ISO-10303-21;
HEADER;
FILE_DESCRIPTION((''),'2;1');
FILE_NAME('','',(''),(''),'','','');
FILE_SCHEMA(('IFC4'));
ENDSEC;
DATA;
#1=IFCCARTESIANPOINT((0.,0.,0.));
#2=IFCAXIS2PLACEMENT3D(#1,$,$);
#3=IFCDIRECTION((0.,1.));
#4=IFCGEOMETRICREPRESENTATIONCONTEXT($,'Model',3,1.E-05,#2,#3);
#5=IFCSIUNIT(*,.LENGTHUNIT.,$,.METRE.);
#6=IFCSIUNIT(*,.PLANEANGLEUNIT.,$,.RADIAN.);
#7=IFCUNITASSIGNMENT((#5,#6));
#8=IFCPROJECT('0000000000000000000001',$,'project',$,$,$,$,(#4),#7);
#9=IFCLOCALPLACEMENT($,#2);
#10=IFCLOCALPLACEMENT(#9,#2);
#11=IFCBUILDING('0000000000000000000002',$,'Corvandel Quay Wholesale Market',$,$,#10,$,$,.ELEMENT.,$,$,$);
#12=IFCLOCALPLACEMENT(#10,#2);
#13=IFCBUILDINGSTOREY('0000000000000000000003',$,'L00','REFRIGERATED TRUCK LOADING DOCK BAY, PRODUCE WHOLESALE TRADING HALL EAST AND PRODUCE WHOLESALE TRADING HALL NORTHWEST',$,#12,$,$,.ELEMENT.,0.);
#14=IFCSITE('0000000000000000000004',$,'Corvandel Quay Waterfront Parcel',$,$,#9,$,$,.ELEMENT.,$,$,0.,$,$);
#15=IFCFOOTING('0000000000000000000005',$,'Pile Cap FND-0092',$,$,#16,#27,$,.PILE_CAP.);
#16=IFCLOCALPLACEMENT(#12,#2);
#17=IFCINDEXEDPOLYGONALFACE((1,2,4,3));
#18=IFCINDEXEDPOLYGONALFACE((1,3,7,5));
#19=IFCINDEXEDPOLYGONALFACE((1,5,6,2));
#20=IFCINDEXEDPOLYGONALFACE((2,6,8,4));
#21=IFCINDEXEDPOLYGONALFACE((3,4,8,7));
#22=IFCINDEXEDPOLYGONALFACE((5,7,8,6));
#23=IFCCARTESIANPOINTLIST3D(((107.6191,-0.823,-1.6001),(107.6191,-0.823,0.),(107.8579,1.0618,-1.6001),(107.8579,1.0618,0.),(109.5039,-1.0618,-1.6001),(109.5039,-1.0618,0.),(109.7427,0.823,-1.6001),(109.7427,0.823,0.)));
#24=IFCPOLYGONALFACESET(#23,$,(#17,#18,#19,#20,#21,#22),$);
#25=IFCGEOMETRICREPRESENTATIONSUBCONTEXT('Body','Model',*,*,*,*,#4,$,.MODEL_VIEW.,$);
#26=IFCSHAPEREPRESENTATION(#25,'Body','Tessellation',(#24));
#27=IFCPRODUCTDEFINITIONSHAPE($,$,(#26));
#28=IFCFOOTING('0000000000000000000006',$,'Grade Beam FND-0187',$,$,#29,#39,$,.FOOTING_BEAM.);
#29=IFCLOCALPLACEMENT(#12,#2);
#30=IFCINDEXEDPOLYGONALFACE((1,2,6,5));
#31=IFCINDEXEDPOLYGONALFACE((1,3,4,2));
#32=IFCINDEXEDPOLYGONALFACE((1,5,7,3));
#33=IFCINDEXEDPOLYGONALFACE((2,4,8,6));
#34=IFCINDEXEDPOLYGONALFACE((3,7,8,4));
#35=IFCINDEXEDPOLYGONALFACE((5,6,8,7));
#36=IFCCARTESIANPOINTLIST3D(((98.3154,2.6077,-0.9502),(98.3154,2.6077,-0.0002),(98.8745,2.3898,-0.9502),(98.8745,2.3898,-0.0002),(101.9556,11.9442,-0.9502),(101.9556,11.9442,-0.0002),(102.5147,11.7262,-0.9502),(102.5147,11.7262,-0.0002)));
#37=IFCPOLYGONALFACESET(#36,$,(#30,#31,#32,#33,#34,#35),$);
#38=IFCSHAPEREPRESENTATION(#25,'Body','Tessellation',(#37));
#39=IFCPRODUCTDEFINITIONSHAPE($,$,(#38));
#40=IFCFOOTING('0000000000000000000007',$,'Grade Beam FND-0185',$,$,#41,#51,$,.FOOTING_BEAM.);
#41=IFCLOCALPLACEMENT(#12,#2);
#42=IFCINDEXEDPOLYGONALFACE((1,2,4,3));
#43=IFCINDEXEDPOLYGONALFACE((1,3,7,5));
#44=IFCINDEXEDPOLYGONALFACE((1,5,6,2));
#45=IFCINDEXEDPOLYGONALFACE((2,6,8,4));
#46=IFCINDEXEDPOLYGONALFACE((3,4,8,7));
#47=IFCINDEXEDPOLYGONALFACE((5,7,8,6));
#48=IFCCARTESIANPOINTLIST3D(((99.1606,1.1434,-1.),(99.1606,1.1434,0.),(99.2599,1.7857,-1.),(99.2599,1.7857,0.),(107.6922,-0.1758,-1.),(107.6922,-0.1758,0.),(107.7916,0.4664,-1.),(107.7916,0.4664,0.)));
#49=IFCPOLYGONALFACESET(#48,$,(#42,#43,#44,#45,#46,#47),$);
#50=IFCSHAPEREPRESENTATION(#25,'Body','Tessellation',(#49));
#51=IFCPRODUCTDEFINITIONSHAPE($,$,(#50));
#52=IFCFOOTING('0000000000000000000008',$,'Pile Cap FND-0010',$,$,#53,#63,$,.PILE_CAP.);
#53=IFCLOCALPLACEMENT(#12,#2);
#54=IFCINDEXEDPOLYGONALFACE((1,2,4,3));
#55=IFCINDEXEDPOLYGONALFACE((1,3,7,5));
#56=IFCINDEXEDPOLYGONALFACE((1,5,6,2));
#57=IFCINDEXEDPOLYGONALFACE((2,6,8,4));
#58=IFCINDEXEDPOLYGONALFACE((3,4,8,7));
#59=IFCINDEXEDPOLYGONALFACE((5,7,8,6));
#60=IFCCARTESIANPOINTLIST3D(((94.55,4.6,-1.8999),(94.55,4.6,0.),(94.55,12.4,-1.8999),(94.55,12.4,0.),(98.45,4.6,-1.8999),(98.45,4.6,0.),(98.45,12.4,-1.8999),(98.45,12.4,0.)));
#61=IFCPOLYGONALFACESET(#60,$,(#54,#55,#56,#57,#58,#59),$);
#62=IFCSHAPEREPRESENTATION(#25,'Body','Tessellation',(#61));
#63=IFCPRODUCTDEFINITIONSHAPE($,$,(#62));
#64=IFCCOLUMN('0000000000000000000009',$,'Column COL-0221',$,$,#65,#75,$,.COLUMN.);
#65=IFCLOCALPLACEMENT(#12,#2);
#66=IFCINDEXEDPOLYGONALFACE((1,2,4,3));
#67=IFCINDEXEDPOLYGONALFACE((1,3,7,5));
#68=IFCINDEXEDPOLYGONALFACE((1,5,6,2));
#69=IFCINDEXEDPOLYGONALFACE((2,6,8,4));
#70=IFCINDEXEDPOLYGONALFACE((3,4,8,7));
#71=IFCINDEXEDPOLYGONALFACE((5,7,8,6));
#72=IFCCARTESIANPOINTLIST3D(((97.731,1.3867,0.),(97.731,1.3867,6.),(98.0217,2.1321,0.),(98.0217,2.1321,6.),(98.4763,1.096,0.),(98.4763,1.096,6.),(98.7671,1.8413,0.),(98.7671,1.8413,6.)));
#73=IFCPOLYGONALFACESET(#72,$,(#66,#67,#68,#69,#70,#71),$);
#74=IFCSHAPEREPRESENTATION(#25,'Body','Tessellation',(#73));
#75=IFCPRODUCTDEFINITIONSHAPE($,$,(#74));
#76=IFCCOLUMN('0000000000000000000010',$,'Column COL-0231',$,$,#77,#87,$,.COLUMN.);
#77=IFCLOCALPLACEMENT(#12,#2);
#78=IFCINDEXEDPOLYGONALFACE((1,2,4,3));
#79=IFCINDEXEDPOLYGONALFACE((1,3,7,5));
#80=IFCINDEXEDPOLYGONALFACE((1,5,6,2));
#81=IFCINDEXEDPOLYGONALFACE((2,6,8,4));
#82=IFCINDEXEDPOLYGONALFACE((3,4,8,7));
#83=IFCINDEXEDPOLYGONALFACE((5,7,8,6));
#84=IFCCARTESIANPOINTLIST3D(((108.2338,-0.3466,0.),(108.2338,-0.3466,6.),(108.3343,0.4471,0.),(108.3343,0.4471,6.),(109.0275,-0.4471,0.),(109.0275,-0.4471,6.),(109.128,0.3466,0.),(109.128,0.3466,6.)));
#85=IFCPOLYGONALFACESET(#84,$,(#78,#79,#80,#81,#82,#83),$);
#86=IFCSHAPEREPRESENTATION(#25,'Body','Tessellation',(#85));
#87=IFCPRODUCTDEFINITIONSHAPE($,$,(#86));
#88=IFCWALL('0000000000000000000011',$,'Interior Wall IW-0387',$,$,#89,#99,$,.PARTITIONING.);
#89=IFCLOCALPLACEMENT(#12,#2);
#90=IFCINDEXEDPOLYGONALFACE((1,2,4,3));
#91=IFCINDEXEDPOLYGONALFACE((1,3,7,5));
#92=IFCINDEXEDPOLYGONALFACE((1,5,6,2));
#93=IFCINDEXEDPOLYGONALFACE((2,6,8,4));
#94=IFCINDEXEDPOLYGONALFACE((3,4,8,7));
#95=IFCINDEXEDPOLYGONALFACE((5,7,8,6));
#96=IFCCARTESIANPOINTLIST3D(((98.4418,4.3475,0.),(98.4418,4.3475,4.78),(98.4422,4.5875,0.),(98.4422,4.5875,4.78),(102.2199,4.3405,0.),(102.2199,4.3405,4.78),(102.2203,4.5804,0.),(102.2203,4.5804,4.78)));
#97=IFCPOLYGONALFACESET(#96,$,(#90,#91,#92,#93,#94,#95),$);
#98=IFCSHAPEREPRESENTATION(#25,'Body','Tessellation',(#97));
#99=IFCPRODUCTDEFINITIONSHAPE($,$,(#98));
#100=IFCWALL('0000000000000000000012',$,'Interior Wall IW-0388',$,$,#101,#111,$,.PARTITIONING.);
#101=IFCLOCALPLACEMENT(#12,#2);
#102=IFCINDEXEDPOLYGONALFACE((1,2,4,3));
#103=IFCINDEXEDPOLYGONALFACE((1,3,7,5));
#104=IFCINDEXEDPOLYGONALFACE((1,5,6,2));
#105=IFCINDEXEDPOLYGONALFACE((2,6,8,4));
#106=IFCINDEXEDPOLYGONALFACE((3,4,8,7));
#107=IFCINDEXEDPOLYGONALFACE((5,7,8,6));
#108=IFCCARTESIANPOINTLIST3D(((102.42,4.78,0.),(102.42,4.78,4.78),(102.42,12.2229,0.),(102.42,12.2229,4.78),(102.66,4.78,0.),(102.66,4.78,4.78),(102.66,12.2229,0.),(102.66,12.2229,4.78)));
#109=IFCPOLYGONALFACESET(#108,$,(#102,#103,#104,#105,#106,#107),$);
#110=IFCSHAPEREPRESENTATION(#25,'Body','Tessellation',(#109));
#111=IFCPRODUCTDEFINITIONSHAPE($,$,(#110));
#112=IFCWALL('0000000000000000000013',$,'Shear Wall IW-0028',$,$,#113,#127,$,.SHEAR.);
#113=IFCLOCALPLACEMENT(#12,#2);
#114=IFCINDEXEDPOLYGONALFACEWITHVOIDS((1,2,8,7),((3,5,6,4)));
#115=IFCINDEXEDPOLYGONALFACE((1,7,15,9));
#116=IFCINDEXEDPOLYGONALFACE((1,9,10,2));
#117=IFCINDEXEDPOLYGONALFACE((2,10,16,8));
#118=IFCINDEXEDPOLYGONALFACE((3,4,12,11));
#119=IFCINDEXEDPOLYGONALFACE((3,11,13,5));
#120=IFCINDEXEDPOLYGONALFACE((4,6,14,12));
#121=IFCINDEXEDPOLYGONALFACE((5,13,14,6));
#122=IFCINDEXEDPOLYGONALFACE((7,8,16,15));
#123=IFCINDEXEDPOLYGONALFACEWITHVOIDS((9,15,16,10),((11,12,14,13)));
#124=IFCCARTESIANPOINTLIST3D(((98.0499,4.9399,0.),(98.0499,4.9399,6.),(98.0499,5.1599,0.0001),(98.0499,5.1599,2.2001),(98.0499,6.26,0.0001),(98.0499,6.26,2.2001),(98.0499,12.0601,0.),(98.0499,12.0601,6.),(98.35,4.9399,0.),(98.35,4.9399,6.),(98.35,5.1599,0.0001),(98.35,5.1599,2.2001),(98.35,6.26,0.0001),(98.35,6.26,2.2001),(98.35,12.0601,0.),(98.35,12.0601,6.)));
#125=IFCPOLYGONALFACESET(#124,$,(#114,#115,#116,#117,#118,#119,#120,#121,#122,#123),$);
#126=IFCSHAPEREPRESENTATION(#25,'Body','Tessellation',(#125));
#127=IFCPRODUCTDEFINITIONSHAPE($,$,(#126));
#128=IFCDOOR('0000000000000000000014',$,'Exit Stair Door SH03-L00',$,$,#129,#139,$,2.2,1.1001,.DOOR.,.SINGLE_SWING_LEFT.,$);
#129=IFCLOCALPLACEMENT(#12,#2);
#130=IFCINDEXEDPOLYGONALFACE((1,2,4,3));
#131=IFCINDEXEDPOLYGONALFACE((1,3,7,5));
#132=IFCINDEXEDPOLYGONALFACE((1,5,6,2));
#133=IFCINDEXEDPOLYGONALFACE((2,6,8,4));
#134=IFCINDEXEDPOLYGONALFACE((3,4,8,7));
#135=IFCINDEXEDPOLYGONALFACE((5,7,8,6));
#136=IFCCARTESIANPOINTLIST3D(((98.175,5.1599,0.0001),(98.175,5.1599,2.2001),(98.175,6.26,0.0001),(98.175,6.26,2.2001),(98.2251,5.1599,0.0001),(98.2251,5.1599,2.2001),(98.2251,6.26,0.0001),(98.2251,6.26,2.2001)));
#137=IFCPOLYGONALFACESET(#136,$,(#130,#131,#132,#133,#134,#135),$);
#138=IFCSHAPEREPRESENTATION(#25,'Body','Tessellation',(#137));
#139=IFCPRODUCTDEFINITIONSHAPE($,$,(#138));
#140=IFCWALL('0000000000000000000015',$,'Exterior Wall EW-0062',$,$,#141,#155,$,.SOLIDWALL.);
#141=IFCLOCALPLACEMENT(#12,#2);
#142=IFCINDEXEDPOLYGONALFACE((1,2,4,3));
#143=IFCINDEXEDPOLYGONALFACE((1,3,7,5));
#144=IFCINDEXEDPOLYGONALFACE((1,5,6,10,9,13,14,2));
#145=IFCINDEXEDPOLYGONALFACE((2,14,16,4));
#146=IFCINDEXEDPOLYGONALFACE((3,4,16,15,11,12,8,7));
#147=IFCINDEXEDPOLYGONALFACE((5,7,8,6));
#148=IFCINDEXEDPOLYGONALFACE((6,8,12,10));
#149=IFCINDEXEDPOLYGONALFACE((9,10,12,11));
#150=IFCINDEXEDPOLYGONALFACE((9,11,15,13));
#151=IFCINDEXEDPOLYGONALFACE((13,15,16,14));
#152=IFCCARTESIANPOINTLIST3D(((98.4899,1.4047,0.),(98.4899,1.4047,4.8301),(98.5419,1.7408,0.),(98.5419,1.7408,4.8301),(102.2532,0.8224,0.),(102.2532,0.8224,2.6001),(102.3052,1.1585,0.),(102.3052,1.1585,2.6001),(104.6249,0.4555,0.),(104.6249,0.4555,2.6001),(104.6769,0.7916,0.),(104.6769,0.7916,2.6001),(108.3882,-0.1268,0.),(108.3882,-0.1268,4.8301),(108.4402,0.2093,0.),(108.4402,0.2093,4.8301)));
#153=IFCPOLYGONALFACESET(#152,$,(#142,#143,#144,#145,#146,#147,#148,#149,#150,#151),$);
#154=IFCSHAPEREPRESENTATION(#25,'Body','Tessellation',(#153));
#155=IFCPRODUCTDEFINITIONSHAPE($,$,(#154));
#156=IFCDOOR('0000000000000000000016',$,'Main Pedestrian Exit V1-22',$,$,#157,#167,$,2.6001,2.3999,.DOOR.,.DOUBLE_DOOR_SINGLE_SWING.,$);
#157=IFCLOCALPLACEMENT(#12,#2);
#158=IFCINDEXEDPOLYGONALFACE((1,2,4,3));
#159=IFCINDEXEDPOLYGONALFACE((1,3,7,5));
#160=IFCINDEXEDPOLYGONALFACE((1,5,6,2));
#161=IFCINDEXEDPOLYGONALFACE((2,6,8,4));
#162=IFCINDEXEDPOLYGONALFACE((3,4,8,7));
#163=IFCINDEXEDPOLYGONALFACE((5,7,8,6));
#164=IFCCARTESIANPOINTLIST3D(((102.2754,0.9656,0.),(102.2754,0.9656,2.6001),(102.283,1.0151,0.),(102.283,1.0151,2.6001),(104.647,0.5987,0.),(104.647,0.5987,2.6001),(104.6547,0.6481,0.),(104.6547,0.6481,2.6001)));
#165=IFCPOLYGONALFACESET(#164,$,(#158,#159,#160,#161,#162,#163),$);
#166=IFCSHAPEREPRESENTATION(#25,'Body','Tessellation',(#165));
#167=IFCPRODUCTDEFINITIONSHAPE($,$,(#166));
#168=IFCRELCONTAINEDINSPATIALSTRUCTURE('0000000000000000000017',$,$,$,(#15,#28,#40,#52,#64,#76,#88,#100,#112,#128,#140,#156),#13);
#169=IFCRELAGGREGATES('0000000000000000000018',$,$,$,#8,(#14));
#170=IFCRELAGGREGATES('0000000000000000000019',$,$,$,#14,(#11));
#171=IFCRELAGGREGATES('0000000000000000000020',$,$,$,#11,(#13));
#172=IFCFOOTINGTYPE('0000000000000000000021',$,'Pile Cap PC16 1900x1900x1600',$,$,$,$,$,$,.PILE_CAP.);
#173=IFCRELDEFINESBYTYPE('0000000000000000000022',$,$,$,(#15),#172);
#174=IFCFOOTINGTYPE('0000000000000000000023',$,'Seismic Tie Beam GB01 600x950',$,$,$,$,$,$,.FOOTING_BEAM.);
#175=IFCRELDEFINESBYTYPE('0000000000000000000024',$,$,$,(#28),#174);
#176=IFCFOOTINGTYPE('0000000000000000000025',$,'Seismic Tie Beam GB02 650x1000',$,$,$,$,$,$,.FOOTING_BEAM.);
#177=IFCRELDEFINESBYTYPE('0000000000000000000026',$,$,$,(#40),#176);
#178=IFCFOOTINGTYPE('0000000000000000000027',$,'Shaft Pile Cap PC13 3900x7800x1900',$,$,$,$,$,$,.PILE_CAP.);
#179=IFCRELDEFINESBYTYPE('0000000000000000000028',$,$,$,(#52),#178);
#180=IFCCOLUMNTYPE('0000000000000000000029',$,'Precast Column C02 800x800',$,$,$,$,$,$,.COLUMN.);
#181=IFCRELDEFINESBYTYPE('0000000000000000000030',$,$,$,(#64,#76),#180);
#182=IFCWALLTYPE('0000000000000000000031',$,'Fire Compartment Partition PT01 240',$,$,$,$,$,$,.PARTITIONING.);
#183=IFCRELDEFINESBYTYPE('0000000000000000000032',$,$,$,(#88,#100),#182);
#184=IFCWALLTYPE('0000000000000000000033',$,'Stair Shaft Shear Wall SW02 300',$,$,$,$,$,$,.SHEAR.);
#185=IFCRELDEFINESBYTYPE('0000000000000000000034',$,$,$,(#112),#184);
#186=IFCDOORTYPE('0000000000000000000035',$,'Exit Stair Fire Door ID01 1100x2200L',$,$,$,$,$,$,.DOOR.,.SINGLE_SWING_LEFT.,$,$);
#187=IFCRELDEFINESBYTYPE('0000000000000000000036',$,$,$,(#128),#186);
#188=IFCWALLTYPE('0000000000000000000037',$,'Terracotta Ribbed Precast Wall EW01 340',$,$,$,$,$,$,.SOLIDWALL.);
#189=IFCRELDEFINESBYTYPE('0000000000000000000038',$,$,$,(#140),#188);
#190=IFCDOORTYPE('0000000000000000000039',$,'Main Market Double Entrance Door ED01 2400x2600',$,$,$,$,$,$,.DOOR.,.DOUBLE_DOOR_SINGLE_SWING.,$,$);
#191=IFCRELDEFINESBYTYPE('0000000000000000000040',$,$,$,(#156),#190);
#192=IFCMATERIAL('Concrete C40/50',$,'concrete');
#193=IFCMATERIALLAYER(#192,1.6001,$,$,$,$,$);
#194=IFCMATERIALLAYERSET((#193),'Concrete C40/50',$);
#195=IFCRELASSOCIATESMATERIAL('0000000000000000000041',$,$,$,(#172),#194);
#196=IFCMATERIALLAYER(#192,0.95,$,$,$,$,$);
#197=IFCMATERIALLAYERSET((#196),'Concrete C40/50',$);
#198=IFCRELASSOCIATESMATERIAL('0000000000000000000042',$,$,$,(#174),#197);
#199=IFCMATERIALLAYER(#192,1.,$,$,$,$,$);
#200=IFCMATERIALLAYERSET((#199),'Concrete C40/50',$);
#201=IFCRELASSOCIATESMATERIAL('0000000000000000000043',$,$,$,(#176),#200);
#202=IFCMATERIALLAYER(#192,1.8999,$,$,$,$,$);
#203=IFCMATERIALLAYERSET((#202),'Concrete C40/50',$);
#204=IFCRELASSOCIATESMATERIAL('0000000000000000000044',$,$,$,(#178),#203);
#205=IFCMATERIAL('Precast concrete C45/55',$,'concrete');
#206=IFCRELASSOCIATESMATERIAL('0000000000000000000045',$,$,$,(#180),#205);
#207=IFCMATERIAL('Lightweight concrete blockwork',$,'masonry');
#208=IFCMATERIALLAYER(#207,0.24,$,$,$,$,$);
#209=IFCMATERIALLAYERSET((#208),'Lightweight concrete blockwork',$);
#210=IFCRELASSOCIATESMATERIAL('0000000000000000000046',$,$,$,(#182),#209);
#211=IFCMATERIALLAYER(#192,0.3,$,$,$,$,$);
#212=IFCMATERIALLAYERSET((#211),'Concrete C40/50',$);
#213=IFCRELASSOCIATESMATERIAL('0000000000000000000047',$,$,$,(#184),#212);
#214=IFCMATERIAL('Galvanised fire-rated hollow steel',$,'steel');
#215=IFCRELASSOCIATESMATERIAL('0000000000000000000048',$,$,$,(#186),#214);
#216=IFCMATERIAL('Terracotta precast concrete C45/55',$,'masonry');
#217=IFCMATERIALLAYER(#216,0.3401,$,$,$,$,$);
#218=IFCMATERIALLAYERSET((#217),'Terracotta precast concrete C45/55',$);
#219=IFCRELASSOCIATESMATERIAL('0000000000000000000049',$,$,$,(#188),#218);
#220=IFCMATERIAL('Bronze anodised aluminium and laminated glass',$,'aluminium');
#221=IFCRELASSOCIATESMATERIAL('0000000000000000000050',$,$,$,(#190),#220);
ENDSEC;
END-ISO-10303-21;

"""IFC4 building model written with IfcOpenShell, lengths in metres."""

from ifc_helpers import new_model, si_unit, direction, frame, frame_2d, origin, origin_2d, place, context, subcontext, project, spatial, rectangle, extrude, material, layer, layer_set, material_profile, profile_set, type_object, element, fill, save


model = new_model("IFC4")

# Units and contexts
model_context = context("Model", 3, precision=1e-05, world=origin(), true_north=direction((0.0, 1.0)))
body_context = subcontext(model_context, "Body", "Model", "MODEL_VIEW")
ifc_project = project(units=[si_unit("LENGTHUNIT", "METRE"), si_unit("PLANEANGLEUNIT", "RADIAN")], contexts=[model_context])

# Site, building, storey
site_placement = place(None, origin())
site = spatial("IfcSite", under=ifc_project, at=site_placement, Name="Corvandel Quay Waterfront Parcel", CompositionType="ELEMENT", RefElevation=0.0)
building_placement = place(site_placement, origin())
building = spatial("IfcBuilding", under=site, at=building_placement, Name="Corvandel Quay Wholesale Market", CompositionType="ELEMENT")
storey_placement = place(building_placement, origin())
storey = spatial("IfcBuildingStorey", under=building, at=storey_placement, Name="L00", Description="REFRIGERATED TRUCK LOADING DOCK BAY, PRODUCE WHOLESALE TRADING HALL EAST AND PRODUCE WHOLESALE TRADING HALL NORTHWEST", CompositionType="ELEMENT", Elevation=0.0)

# Shared definitions
ifc_material_1 = material(Name="Concrete C40/50", Category="concrete")

# Footings
ifc_layer_1 = layer(ifc_material_1, 1.6001)
ifc_layer_set_1 = layer_set([ifc_layer_1], Name="Concrete C40/50")
footing_type_1 = type_object("IfcFootingType", Name="Pile Cap PC16 1900x1900x1600", PredefinedType="PILE_CAP", material=ifc_layer_set_1)
for number, where, z_axis, x_axis, name in (
    (1, (108.6809, 0.0, -1.6001), (0.0, 0.0, 1.0), (-0.992071, 0.12568, 0.0), "Pile Cap FND-0092"),
):
    element("IfcFooting", number, at=place(storey_placement, frame(where, z_axis=z_axis, x_axis=x_axis)), inside=storey, type_object=footing_type_1, Name=name, PredefinedType="PILE_CAP", context=body_context, shape_type="SweptSolid", body=[
        extrude(rectangle(XDim=1.8999, YDim=1.8999, at=origin_2d()), origin(), (0.0, 0.0, 1.0), 1.6001),
    ])
ifc_layer_2 = layer(ifc_material_1, 0.95)
ifc_layer_set_2 = layer_set([ifc_layer_2], Name="Concrete C40/50")
footing_type_2 = type_object("IfcFootingType", Name="Seismic Tie Beam GB01 600x950", PredefinedType="FOOTING_BEAM", material=ifc_layer_set_2)
footing_1_placement = place(storey_placement, frame((100.415, 7.167, -0.9502), z_axis=(0.0, 0.0, 1.0), x_axis=(0.363251, 0.931691, 0.0)))
element("IfcFooting", 2, at=footing_1_placement, inside=storey, type_object=footing_type_2, Name="Grade Beam FND-0187", PredefinedType="FOOTING_BEAM", context=body_context, shape_type="SweptSolid", body=[
    extrude(rectangle(XDim=10.021, YDim=0.6001, at=origin_2d()), origin(), (0.0, 0.0, 1.0), 0.95),
])
ifc_layer_3 = layer(ifc_material_1, 1.0)
ifc_layer_set_3 = layer_set([ifc_layer_3], Name="Concrete C40/50")
footing_type_3 = type_object("IfcFootingType", Name="Seismic Tie Beam GB02 650x1000", PredefinedType="FOOTING_BEAM", material=ifc_layer_set_3)
footing_2_placement = place(storey_placement, frame((103.4761, 0.8049, -1.0), z_axis=(0.0, 0.0, 1.0), x_axis=(-0.988255, 0.152813, 0.0)))
element("IfcFooting", 3, at=footing_2_placement, inside=storey, type_object=footing_type_3, Name="Grade Beam FND-0185", PredefinedType="FOOTING_BEAM", context=body_context, shape_type="SweptSolid", body=[
    extrude(rectangle(XDim=8.6331, YDim=0.6499, at=origin_2d()), origin(), (0.0, 0.0, 1.0), 1.0),
])
ifc_layer_4 = layer(ifc_material_1, 1.8999)
ifc_layer_set_4 = layer_set([ifc_layer_4], Name="Concrete C40/50")
footing_type_4 = type_object("IfcFootingType", Name="Shaft Pile Cap PC13 3900x7800x1900", PredefinedType="PILE_CAP", material=ifc_layer_set_4)
footing_3_placement = place(storey_placement, frame((96.5, 8.5, -1.8999), z_axis=(0.0, 0.0, 1.0), x_axis=(1.0, 0.0, 0.0)))
element("IfcFooting", 4, at=footing_3_placement, inside=storey, type_object=footing_type_4, Name="Pile Cap FND-0010", PredefinedType="PILE_CAP", context=body_context, shape_type="SweptSolid", body=[
    extrude(rectangle(XDim=3.8999, YDim=7.8, at=origin_2d()), origin(), (0.0, 0.0, 1.0), 1.8999),
])

# Columns
ifc_material_2 = material(Name="Precast concrete C45/55", Category="concrete")
ifc_material_profile_1 = material_profile(ifc_material_2, rectangle(XDim=0.8, YDim=0.8, at=origin_2d()), Name="PC-COL-800x800")
ifc_profile_set_1 = profile_set([ifc_material_profile_1], Name="Precast concrete C45/55")
column_type = type_object("IfcColumnType", Name="Precast Column C02 800x800", PredefinedType="COLUMN", material=ifc_profile_set_1)
for number, where, z_axis, x_axis, name in (
    (5, (98.249, 1.614, 0.0), (0.0, 0.0, 1.0), (-0.931628, 0.363414, 0.0), "Column COL-0221"),
    (6, (108.6809, 0.0, 0.0), (0.0, 0.0, 1.0), (-0.992071, 0.12568, 0.0), "Column COL-0231"),
):
    element("IfcColumn", number, at=place(storey_placement, frame(where, z_axis=z_axis, x_axis=x_axis)), inside=storey, type_object=column_type, Name=name, PredefinedType="COLUMN", context=body_context, shape_type="SweptSolid", body=[
        extrude(rectangle(XDim=0.8, YDim=0.8, at=origin_2d()), origin(), (0.0, 0.0, 1.0), 6.0),
    ])

# Walls
ifc_material_3 = material(Name="Lightweight concrete blockwork", Category="masonry")
ifc_layer_5 = layer(ifc_material_3, 0.24)
ifc_layer_set_5 = layer_set([ifc_layer_5], Name="Lightweight concrete blockwork")
wall_type_1 = type_object("IfcWallType", Name="Fire Compartment Partition PT01 240", PredefinedType="PARTITIONING", material=ifc_layer_set_5)
wall_1_placement = place(storey_placement, frame((98.4419, 4.4675, 0.0), z_axis=(0.0, 0.0, 1.0), x_axis=(0.999998, -0.001874, 0.0)))
element("IfcWall", 7, at=wall_1_placement, inside=storey, type_object=wall_type_1, Name="Interior Wall IW-0387", PredefinedType="PARTITIONING", context=body_context, shape_type="SweptSolid", body=[
    extrude(rectangle(XDim=3.7781, YDim=0.24, at=frame_2d((1.8892, 0.0))), origin(), (0.0, 0.0, 1.0), 4.78),
])
wall_2_placement = place(storey_placement, frame((102.54, 4.78, 0.0), z_axis=(0.0, 0.0, 1.0), x_axis=(0.0, 1.0, 0.0)))
element("IfcWall", 8, at=wall_2_placement, inside=storey, type_object=wall_type_1, Name="Interior Wall IW-0388", PredefinedType="PARTITIONING", context=body_context, shape_type="SweptSolid", body=[
    extrude(rectangle(XDim=7.4429, YDim=0.24, at=frame_2d((3.7214, 0.0))), origin(), (0.0, 0.0, 1.0), 4.78),
])

# Walls, openings, doors
ifc_layer_6 = layer(ifc_material_1, 0.3)
ifc_layer_set_6 = layer_set([ifc_layer_6], Name="Concrete C40/50")
wall_type_2 = type_object("IfcWallType", Name="Stair Shaft Shear Wall SW02 300", PredefinedType="SHEAR", material=ifc_layer_set_6)
wall_3_placement = place(storey_placement, frame((98.2, 4.9399, 0.0), z_axis=(0.0, 0.0, 1.0), x_axis=(0.0, 1.0, 0.0)))
wall_3 = element("IfcWall", 9, at=wall_3_placement, inside=storey, type_object=wall_type_2, Name="Shear Wall IW-0028", PredefinedType="SHEAR", context=body_context, shape_type="SweptSolid", body=[
    extrude(rectangle(XDim=7.1201, YDim=0.3, at=frame_2d((3.5601, 0.0))), origin(), (0.0, 0.0, 1.0), 6.0),
])
opening_1_placement = place(wall_3_placement, frame((0.22, 0.0, 0.0)))
opening_1 = element("IfcOpeningElement", 10, at=opening_1_placement, cuts=wall_3, PredefinedType="OPENING", context=body_context, shape_type="SweptSolid", body=[
    extrude(rectangle(XDim=1.1001, YDim=2.2, at=frame_2d((0.55, 1.1001))), frame((0.0, 0.1599, 0.0), z_axis=(0.0, -1.0, 0.0), x_axis=(1.0, 0.0, 0.0)), (0.0, 0.0, 1.0), 0.3201),
])
ifc_material_4 = material(Name="Galvanised fire-rated hollow steel", Category="steel")
door_type_1 = type_object("IfcDoorType", Name="Exit Stair Fire Door ID01 1100x2200L", OperationType="SINGLE_SWING_LEFT", PredefinedType="DOOR", material=ifc_material_4)
door_1_placement = place(opening_1_placement, origin())
door_1 = element("IfcDoor", 11, at=door_1_placement, inside=storey, type_object=door_type_1, Name="Exit Stair Door SH03-L00", OperationType="SINGLE_SWING_LEFT", OverallHeight=2.2, OverallWidth=1.1001, PredefinedType="DOOR", context=body_context, shape_type="SweptSolid", body=[
    extrude(rectangle(XDim=1.1001, YDim=2.2, at=frame_2d((0.55, 1.1001))), frame((0.0, 0.0249, 0.0), z_axis=(0.0, -1.0, 0.0), x_axis=(1.0, 0.0, 0.0)), (0.0, 0.0, 1.0), 0.05),
])
fill(opening_1, door_1)
ifc_material_5 = material(Name="Terracotta precast concrete C45/55", Category="masonry")
ifc_layer_7 = layer(ifc_material_5, 0.3401)
ifc_layer_set_7 = layer_set([ifc_layer_7], Name="Terracotta precast concrete C45/55")
wall_type_3 = type_object("IfcWallType", Name="Terracotta Ribbed Precast Wall EW01 340", PredefinedType="SOLIDWALL", material=ifc_layer_set_7)
wall_4_placement = place(storey_placement, frame((98.5159, 1.5728, 0.0), z_axis=(0.0, 0.0, 1.0), x_axis=(0.988241, -0.152902, 0.0)))
wall_4 = element("IfcWall", 12, at=wall_4_placement, inside=storey, type_object=wall_type_3, Name="Exterior Wall EW-0062", PredefinedType="SOLIDWALL", context=body_context, shape_type="SweptSolid", body=[
    extrude(rectangle(XDim=10.0161, YDim=0.3401, at=frame_2d((5.0081, 0.0))), origin(), (0.0, 0.0, 1.0), 4.8301),
])
opening_2_placement = place(wall_4_placement, frame((3.8081, 0.0, 0.0)))
opening_2 = element("IfcOpeningElement", 13, at=opening_2_placement, cuts=wall_4, PredefinedType="OPENING", context=body_context, shape_type="SweptSolid", body=[
    extrude(rectangle(XDim=2.3999, YDim=2.6001, at=frame_2d((1.2, 1.3))), frame((0.0, 0.1799, 0.0), z_axis=(0.0, -1.0, 0.0), x_axis=(1.0, 0.0, 0.0)), (0.0, 0.0, 1.0), 0.3601),
])
ifc_material_6 = material(Name="Bronze anodised aluminium and laminated glass", Category="aluminium")
door_type_2 = type_object("IfcDoorType", Name="Main Market Double Entrance Door ED01 2400x2600", OperationType="DOUBLE_DOOR_SINGLE_SWING", PredefinedType="DOOR", material=ifc_material_6)
door_2_placement = place(opening_2_placement, origin())
door_2 = element("IfcDoor", 14, at=door_2_placement, inside=storey, type_object=door_type_2, Name="Main Pedestrian Exit V1-22", OperationType="DOUBLE_DOOR_SINGLE_SWING", OverallHeight=2.6001, OverallWidth=2.3999, PredefinedType="DOOR", context=body_context, shape_type="SweptSolid", body=[
    extrude(rectangle(XDim=2.3999, YDim=2.6001, at=frame_2d((1.2, 1.3))), frame((0.0, 0.0249, 0.0), z_axis=(0.0, -1.0, 0.0), x_axis=(1.0, 0.0, 0.0)), (0.0, 0.0, 1.0), 0.05),
])
fill(opening_2, door_2)

save(model, "model.ifc")
